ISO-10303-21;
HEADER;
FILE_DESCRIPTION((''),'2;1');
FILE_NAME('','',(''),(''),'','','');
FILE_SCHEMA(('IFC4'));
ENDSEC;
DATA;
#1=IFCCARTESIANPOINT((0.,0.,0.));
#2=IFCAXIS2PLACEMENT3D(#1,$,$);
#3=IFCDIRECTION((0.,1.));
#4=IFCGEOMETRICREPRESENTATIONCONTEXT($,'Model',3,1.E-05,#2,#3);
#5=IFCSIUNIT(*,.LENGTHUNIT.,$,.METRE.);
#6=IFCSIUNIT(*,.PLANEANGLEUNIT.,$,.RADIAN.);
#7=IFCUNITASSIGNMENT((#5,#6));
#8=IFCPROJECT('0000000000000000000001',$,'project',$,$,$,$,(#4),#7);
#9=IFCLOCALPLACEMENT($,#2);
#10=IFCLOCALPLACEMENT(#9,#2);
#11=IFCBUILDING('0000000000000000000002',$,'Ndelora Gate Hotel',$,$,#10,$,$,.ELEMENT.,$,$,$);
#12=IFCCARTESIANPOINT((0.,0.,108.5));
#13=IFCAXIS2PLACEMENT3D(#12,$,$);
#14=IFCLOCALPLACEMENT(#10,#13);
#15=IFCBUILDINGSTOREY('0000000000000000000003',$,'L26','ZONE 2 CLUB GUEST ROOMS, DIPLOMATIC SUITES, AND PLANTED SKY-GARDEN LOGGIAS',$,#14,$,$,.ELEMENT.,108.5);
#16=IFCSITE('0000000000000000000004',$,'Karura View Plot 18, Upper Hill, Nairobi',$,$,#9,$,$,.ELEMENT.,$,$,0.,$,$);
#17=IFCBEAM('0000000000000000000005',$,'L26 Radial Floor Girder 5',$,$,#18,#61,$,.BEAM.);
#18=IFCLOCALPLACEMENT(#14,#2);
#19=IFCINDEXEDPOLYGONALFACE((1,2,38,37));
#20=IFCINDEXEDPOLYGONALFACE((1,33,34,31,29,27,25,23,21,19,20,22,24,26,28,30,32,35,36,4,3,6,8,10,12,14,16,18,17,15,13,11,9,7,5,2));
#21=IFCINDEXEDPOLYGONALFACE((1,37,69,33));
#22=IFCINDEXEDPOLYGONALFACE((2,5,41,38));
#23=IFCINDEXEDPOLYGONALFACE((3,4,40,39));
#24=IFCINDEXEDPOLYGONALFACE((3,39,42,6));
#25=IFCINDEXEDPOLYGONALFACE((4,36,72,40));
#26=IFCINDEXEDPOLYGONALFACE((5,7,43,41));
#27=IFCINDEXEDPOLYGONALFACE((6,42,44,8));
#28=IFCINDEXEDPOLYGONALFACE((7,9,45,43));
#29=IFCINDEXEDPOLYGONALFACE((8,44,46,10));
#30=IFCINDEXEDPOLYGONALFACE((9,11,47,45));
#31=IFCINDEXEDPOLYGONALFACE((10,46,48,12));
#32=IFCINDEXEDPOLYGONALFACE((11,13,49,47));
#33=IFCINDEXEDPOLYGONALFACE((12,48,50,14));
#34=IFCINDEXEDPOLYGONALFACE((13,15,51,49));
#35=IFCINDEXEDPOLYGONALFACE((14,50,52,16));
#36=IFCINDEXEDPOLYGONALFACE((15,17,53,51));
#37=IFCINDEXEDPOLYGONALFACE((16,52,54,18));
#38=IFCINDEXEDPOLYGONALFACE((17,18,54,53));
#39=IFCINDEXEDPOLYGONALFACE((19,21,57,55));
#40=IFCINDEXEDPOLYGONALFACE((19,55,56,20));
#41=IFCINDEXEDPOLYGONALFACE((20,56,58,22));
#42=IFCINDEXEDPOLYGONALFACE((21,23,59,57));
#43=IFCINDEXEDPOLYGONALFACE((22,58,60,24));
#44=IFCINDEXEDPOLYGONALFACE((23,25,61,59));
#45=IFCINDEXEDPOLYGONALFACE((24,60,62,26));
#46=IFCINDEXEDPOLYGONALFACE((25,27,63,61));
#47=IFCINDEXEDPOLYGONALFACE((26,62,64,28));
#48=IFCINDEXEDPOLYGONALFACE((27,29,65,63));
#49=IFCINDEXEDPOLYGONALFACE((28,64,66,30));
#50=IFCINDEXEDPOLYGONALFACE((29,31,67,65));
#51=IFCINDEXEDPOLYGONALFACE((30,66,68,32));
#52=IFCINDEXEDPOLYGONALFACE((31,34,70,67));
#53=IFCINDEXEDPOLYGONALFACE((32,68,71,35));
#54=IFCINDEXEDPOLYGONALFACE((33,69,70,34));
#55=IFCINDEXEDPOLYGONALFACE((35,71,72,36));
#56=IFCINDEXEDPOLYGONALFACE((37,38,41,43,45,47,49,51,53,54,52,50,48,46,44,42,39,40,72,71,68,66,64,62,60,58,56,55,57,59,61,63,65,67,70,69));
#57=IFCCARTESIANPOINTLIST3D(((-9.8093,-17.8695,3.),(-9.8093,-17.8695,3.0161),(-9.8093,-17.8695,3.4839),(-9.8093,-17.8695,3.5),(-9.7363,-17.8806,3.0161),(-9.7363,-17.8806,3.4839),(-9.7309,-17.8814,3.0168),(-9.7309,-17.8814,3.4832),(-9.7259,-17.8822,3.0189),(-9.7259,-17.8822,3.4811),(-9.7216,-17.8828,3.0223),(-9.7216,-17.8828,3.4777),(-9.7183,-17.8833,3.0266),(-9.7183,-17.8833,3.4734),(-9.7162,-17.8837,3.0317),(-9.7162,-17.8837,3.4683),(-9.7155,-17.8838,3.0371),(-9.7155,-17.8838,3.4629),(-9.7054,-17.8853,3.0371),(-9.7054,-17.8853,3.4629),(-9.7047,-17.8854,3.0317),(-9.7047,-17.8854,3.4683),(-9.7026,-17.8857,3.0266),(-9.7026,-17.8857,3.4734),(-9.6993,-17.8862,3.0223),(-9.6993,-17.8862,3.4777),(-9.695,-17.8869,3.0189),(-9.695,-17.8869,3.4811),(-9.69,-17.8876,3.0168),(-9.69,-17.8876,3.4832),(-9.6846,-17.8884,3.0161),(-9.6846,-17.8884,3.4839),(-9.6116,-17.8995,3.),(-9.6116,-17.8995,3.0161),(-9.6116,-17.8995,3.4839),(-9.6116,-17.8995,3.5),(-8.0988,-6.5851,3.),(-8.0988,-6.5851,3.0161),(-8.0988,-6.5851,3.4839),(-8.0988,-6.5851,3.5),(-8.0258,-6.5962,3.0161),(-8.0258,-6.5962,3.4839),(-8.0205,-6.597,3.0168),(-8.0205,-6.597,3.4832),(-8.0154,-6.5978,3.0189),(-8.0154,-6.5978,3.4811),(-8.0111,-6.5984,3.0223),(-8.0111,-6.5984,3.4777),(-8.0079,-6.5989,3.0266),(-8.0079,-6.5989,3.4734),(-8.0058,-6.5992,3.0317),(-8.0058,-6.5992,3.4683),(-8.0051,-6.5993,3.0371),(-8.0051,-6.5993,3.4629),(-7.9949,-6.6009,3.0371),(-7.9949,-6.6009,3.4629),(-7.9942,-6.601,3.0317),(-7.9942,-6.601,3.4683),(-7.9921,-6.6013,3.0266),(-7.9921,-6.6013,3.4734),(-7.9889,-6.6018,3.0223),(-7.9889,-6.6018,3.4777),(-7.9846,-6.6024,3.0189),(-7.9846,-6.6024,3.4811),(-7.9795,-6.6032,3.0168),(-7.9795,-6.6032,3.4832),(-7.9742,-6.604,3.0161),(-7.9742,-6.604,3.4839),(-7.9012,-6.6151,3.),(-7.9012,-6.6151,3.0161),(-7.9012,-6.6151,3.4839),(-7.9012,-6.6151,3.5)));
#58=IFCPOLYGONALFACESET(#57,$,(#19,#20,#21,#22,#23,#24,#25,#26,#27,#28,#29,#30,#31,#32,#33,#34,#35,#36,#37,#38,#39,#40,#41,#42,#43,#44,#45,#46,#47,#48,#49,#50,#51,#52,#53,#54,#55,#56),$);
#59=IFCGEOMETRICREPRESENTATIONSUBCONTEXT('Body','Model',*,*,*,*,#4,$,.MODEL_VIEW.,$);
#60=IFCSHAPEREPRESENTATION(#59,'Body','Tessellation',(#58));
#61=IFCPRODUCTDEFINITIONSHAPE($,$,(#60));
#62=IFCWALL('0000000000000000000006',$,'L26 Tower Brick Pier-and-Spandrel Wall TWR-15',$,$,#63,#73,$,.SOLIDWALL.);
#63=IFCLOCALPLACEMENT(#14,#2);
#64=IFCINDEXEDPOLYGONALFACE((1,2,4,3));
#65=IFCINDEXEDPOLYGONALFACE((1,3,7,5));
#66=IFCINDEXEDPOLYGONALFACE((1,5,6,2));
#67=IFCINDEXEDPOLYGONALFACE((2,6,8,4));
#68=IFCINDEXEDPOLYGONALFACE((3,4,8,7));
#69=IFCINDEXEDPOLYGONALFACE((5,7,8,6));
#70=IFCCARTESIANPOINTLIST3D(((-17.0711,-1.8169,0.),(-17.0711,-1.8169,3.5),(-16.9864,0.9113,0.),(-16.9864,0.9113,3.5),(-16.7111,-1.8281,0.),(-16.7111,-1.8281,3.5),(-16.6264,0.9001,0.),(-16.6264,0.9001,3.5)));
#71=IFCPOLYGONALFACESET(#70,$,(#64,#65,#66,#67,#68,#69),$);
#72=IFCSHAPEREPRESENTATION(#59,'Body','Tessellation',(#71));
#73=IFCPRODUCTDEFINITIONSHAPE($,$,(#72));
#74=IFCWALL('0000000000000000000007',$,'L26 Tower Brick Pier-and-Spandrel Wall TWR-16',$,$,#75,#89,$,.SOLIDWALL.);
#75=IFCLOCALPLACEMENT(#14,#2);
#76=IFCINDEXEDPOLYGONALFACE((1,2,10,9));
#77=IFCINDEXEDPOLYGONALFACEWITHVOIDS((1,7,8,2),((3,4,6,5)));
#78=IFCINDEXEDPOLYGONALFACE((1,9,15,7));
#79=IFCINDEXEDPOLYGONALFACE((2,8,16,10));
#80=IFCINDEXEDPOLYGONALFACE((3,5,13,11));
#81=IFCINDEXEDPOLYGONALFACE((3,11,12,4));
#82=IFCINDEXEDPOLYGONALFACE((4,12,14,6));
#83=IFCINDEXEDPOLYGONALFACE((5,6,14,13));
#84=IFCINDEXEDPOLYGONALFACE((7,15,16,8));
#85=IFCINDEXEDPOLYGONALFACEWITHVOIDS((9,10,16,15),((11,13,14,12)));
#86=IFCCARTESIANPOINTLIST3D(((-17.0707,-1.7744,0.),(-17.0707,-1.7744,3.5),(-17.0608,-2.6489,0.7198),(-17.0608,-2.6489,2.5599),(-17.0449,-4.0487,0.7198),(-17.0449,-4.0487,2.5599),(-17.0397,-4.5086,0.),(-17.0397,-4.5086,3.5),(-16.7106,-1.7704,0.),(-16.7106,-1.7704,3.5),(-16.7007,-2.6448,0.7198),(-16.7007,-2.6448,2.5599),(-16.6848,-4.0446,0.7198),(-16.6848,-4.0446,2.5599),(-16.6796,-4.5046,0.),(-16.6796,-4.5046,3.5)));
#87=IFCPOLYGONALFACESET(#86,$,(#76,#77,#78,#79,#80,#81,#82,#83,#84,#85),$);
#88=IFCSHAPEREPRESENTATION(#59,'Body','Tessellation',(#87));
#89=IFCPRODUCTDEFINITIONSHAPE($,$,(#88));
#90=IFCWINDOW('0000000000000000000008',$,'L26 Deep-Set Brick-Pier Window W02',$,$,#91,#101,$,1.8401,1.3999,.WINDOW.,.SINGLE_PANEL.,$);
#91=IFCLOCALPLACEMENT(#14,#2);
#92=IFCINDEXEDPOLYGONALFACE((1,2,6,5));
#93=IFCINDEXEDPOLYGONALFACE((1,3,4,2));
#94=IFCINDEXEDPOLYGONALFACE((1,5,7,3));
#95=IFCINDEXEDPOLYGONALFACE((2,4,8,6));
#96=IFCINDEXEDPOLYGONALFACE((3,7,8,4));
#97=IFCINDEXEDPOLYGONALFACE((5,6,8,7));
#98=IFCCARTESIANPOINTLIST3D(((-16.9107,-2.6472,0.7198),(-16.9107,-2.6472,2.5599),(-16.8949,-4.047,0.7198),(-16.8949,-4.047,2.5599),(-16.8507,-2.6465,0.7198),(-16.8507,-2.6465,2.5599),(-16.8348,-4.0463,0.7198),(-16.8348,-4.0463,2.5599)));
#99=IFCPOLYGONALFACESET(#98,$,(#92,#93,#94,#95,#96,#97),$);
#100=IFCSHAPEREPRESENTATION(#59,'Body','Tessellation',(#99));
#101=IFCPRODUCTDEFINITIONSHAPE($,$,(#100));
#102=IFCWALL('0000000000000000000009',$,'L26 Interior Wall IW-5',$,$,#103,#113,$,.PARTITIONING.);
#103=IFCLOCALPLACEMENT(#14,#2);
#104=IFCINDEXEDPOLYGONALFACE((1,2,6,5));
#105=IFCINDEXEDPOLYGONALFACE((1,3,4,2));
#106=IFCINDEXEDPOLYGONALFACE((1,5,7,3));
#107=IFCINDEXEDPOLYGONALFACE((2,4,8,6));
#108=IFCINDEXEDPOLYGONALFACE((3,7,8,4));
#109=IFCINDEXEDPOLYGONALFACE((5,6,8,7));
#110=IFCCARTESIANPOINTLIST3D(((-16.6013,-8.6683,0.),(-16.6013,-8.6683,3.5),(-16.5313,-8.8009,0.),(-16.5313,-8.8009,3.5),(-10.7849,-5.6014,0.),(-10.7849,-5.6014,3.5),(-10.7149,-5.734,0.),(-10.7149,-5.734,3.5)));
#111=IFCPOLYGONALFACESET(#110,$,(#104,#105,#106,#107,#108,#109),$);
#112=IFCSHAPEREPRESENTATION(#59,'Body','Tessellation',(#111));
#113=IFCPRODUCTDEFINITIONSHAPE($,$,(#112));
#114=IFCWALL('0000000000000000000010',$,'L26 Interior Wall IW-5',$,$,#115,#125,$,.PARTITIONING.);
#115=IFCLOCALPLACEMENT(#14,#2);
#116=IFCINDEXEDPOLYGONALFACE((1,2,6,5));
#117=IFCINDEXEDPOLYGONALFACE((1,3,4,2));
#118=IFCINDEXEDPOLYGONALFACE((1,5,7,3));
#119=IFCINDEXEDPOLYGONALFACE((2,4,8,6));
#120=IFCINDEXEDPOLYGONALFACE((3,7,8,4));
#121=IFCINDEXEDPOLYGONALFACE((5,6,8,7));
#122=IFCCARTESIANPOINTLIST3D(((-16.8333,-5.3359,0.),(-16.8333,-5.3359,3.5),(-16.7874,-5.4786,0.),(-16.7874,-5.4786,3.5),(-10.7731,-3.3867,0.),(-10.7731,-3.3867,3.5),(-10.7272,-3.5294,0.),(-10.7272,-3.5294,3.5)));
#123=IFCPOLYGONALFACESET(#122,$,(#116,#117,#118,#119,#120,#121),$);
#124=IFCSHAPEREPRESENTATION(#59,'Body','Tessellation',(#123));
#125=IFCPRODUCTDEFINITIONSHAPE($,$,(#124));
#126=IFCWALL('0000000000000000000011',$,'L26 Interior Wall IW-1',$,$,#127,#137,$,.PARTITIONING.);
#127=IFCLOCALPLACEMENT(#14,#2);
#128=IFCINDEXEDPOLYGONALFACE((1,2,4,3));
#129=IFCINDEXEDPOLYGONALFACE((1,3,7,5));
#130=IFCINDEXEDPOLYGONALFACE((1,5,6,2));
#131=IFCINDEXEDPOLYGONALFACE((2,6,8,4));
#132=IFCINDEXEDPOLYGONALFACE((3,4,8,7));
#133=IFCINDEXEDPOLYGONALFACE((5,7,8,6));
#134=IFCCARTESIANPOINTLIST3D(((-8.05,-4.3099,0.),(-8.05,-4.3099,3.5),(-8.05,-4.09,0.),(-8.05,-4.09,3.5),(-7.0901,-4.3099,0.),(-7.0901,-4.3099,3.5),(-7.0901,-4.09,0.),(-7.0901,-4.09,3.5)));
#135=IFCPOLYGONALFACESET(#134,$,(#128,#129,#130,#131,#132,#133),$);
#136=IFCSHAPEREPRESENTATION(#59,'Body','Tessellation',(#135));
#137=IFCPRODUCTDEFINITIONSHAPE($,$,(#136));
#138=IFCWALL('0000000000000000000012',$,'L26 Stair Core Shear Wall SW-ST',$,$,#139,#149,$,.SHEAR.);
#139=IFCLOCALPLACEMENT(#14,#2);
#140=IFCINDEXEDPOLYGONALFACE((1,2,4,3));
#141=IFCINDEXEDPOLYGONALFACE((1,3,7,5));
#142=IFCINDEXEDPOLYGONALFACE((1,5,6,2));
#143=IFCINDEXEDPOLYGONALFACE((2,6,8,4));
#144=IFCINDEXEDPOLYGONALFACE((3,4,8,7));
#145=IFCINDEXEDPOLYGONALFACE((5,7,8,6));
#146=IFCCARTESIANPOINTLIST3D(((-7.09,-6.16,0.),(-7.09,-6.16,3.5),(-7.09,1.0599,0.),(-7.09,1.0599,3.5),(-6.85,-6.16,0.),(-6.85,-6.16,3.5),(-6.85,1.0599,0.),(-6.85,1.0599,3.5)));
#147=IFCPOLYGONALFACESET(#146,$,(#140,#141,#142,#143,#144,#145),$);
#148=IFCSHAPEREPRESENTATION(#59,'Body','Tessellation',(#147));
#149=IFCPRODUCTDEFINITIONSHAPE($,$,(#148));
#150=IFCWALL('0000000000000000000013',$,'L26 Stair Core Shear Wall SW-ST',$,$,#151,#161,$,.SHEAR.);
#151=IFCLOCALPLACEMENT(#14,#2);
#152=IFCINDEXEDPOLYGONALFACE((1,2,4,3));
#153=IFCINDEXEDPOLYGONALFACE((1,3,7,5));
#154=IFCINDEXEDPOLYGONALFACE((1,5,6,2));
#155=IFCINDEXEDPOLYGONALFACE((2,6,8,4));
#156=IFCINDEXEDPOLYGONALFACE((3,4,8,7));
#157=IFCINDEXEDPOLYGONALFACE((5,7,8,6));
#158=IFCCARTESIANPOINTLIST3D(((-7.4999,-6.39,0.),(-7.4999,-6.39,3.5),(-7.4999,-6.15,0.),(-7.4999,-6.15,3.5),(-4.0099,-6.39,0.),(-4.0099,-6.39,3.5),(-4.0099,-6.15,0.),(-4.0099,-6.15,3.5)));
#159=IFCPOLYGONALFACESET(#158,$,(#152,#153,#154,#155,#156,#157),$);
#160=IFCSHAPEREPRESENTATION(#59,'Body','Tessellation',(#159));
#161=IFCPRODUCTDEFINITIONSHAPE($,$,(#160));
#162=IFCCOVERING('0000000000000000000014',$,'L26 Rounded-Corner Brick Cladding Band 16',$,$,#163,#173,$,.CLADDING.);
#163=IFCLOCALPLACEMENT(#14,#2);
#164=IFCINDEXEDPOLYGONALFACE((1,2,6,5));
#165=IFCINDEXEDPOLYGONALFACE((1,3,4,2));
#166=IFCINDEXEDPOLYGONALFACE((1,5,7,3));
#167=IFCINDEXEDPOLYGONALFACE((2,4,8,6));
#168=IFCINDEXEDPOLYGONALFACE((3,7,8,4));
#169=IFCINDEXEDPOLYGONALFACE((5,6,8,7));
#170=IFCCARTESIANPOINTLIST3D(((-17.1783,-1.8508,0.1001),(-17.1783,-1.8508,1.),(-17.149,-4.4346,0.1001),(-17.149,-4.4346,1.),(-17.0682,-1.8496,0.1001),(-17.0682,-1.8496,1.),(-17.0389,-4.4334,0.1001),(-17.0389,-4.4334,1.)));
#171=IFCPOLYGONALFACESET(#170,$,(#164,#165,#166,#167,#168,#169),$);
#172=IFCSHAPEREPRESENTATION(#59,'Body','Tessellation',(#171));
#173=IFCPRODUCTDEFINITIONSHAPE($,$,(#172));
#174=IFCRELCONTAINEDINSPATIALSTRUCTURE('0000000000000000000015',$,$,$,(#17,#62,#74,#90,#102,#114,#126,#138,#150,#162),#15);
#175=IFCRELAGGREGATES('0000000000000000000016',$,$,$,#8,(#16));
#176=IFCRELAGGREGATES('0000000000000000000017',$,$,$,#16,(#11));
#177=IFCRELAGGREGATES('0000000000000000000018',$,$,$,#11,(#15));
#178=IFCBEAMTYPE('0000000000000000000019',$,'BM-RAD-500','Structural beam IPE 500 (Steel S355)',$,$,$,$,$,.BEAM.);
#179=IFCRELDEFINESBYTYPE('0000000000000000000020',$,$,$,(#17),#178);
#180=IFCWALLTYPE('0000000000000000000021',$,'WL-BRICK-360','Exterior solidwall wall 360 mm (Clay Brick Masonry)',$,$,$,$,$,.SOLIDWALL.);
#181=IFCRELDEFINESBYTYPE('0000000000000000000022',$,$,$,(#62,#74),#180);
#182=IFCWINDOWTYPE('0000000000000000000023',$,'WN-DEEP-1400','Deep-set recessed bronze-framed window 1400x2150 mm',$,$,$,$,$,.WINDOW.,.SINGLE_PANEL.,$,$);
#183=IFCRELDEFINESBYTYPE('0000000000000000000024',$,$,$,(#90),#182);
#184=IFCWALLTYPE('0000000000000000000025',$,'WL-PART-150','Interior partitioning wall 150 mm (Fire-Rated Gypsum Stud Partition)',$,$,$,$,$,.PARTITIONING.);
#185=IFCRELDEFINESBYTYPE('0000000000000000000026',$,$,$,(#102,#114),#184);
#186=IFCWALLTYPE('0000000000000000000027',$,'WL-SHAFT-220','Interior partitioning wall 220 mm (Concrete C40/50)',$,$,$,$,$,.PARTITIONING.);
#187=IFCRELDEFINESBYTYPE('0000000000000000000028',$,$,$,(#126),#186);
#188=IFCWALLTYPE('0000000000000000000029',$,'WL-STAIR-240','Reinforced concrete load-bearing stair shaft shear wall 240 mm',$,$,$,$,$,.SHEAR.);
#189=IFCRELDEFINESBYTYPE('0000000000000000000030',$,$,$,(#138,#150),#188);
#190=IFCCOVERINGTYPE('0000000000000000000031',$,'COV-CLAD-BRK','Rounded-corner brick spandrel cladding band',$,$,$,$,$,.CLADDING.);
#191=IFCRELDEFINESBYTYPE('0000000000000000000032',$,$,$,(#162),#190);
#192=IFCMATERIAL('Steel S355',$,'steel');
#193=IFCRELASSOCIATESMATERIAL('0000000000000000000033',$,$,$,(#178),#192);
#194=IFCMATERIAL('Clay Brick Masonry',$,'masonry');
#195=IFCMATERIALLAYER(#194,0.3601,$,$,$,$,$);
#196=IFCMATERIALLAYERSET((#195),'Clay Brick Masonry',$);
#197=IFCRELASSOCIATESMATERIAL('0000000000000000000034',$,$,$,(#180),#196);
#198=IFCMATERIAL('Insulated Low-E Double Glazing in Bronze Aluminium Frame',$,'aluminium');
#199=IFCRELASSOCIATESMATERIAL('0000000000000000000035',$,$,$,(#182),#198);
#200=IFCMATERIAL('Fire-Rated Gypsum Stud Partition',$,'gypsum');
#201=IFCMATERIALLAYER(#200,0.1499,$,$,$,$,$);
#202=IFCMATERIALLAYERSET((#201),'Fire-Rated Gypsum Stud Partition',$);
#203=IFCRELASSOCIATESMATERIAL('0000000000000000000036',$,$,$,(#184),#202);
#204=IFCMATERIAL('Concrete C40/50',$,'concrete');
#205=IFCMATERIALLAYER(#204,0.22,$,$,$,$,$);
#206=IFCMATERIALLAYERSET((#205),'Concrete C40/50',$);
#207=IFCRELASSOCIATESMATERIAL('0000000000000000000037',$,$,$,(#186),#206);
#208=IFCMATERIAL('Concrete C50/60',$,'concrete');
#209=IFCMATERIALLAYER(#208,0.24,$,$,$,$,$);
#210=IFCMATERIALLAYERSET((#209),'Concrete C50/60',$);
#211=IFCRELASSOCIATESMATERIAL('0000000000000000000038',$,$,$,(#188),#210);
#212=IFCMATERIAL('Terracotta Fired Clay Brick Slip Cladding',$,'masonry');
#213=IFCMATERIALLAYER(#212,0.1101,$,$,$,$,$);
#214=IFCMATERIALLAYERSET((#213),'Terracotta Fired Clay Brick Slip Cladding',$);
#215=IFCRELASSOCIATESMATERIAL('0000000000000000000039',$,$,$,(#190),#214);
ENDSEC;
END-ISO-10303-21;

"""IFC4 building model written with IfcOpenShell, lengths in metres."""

from ifc_helpers import new_model, si_unit, direction, frame, frame_2d, origin, origin_2d, place, context, subcontext, project, spatial, rectangle, i_section, extrude, material, layer, layer_set, material_profile, profile_set, type_object, element, fill, save


model = new_model("IFC4")

# Units and contexts
model_context = context("Model", 3, precision=1e-05, world=origin(), true_north=direction((0.0, 1.0)))
body_context = subcontext(model_context, "Body", "Model", "MODEL_VIEW")
ifc_project = project(units=[si_unit("LENGTHUNIT", "METRE"), si_unit("PLANEANGLEUNIT", "RADIAN")], contexts=[model_context])

# Site, building, storey
site_placement = place(None, origin())
site = spatial("IfcSite", under=ifc_project, at=site_placement, Name="Karura View Plot 18, Upper Hill, Nairobi", CompositionType="ELEMENT", RefElevation=0.0)
building_placement = place(site_placement, origin())
building = spatial("IfcBuilding", under=site, at=building_placement, Name="Ndelora Gate Hotel", CompositionType="ELEMENT")
storey_placement = place(building_placement, frame((0.0, 0.0, 108.5)))
storey = spatial("IfcBuildingStorey", under=building, at=storey_placement, Name="L26", Description="ZONE 2 CLUB GUEST ROOMS, DIPLOMATIC SUITES, AND PLANTED SKY-GARDEN LOGGIAS", CompositionType="ELEMENT", Elevation=108.5)

# Beam
ifc_material_1 = material(Name="Steel S355", Category="steel")
ifc_material_profile_1 = material_profile(ifc_material_1, i_section(OverallWidth=0.2, OverallDepth=0.5, WebThickness=0.0103, FlangeThickness=0.0161, FilletRadius=0.021, at=origin_2d()), Name="IPE 500")
ifc_profile_set_1 = profile_set([ifc_material_profile_1], Name="Steel S355")
beam_type_1 = type_object("IfcBeamType", Name="BM-RAD-500", Description="Structural beam IPE 500 (Steel S355)", PredefinedType="BEAM", material=ifc_profile_set_1)
beam_1_placement = place(storey_placement, frame((-8.0, -6.6001, 3.25), z_axis=(-0.149864, -0.988707, 0.0), x_axis=(0.988707, -0.149864, 0.0)))
element("IfcBeam", 1, at=beam_1_placement, inside=storey, type_object=beam_type_1, Name="L26 Radial Floor Girder 5", PredefinedType="BEAM", context=body_context, shape_type="SweptSolid", body=[
    extrude(i_section(OverallWidth=0.2, OverallDepth=0.5, WebThickness=0.0103, FlangeThickness=0.0161, FilletRadius=0.021, at=origin_2d()), origin(), (0.0, 0.0, 1.0), 11.4133),
])

# Wall
ifc_material_2 = material(Name="Clay Brick Masonry", Category="masonry")
ifc_layer_1 = layer(ifc_material_2, 0.3601)
ifc_layer_set_1 = layer_set([ifc_layer_1], Name="Clay Brick Masonry")
wall_type_1 = type_object("IfcWallType", Name="WL-BRICK-360", Description="Exterior solidwall wall 360 mm (Clay Brick Masonry)", PredefinedType="SOLIDWALL", material=ifc_layer_set_1)
wall_1_placement = place(storey_placement, frame((-16.8911, -1.8225, 0.0), z_axis=(0.0, 0.0, 1.0), x_axis=(0.031036, 0.999518, 0.0)))
element("IfcWall", 2, at=wall_1_placement, inside=storey, type_object=wall_type_1, Name="L26 Tower Brick Pier-and-Spandrel Wall TWR-15", PredefinedType="SOLIDWALL", context=body_context, shape_type="SweptSolid", body=[
    extrude(rectangle(XDim=2.7295, YDim=0.3601, at=frame_2d((1.3647, 0.0))), origin(), (0.0, 0.0, 1.0), 3.5),
])

# Wall, opening, window
wall_2_placement = place(storey_placement, frame((-16.8596, -4.5066, 0.0), z_axis=(0.0, 0.0, 1.0), x_axis=(-0.01134, 0.999936, 0.0)))
wall_2 = element("IfcWall", 3, at=wall_2_placement, inside=storey, type_object=wall_type_1, Name="L26 Tower Brick Pier-and-Spandrel Wall TWR-16", PredefinedType="SOLIDWALL", context=body_context, shape_type="SweptSolid", body=[
    extrude(rectangle(XDim=2.7344, YDim=0.3601, at=frame_2d((1.3672, 0.0))), origin(), (0.0, 0.0, 1.0), 3.5),
])
opening_1_placement = place(wall_2_placement, frame((0.46, 0.0, 0.72)))
opening_1 = element("IfcOpeningElement", 4, at=opening_1_placement, cuts=wall_2, PredefinedType="OPENING", context=body_context, shape_type="SweptSolid", body=[
    extrude(rectangle(XDim=1.3999, YDim=1.8401, at=frame_2d((0.7, 0.9199))), frame((0.0, 0.1899, 0.0), z_axis=(0.0, -1.0, 0.0), x_axis=(1.0, 0.0, 0.0)), (0.0, 0.0, 1.0), 0.3801),
])
ifc_material_3 = material(Name="Insulated Low-E Double Glazing in Bronze Aluminium Frame", Category="aluminium")
window_type = type_object("IfcWindowType", Name="WN-DEEP-1400", Description="Deep-set recessed bronze-framed window 1400x2150 mm", PartitioningType="SINGLE_PANEL", PredefinedType="WINDOW", material=ifc_material_3)
window_placement = place(opening_1_placement, origin())
window = element("IfcWindow", 5, at=window_placement, inside=storey, type_object=window_type, Name="L26 Deep-Set Brick-Pier Window W02", OverallHeight=1.8401, OverallWidth=1.3999, PartitioningType="SINGLE_PANEL", PredefinedType="WINDOW", context=body_context, shape_type="SweptSolid", body=[
    extrude(rectangle(XDim=1.3999, YDim=1.8401, at=frame_2d((0.7, 0.9199))), frame((0.0, 0.03, 0.0), z_axis=(0.0, -1.0, 0.0), x_axis=(1.0, 0.0, 0.0)), (0.0, 0.0, 1.0), 0.0601),
])
fill(opening_1, window)

# Shared definitions
ifc_material_4 = material(Name="Fire-Rated Gypsum Stud Partition", Category="gypsum")
ifc_layer_2 = layer(ifc_material_4, 0.1499)
ifc_layer_set_2 = layer_set([ifc_layer_2], Name="Fire-Rated Gypsum Stud Partition")
wall_type_2 = type_object("IfcWallType", Name="WL-PART-150", Description="Interior partitioning wall 150 mm (Fire-Rated Gypsum Stud Partition)", PredefinedType="PARTITIONING", material=ifc_layer_set_2)

# Walls
wall_3_placement = place(storey_placement, frame((-10.75, -5.6677, 0.0), z_axis=(0.0, 0.0, 1.0), x_axis=(-0.884565, -0.466417, 0.0)))
element("IfcWall", 6, at=wall_3_placement, inside=storey, type_object=wall_type_2, Name="L26 Interior Wall IW-5", PredefinedType="PARTITIONING", context=body_context, shape_type="SweptSolid", body=[
    extrude(rectangle(XDim=6.5754, YDim=0.1499, at=frame_2d((3.2876, 0.0))), origin(), (0.0, 0.0, 1.0), 3.5),
])
wall_4_placement = place(storey_placement, frame((-10.75, -3.458, 0.0), z_axis=(0.0, 0.0, 1.0), x_axis=(-0.951971, -0.306189, 0.0)))
element("IfcWall", 7, at=wall_4_placement, inside=storey, type_object=wall_type_2, Name="L26 Interior Wall IW-5", PredefinedType="PARTITIONING", context=body_context, shape_type="SweptSolid", body=[
    extrude(rectangle(XDim=6.366, YDim=0.1499, at=frame_2d((3.1831, 0.0))), origin(), (0.0, 0.0, 1.0), 3.5),
])
ifc_material_5 = material(Name="Concrete C40/50", Category="concrete")
ifc_layer_3 = layer(ifc_material_5, 0.22)
ifc_layer_set_3 = layer_set([ifc_layer_3], Name="Concrete C40/50")
wall_type_3 = type_object("IfcWallType", Name="WL-SHAFT-220", Description="Interior partitioning wall 220 mm (Concrete C40/50)", PredefinedType="PARTITIONING", material=ifc_layer_set_3)
wall_5_placement = place(storey_placement, frame((-8.05, -4.2, 0.0), z_axis=(0.0, 0.0, 1.0), x_axis=(1.0, 0.0, 0.0)))
element("IfcWall", 8, at=wall_5_placement, inside=storey, type_object=wall_type_3, Name="L26 Interior Wall IW-1", PredefinedType="PARTITIONING", context=body_context, shape_type="SweptSolid", body=[
    extrude(rectangle(XDim=0.96, YDim=0.22, at=frame_2d((0.48, 0.0))), origin(), (0.0, 0.0, 1.0), 3.5),
])
ifc_material_6 = material(Name="Concrete C50/60", Category="concrete")
ifc_layer_4 = layer(ifc_material_6, 0.24)
ifc_layer_set_4 = layer_set([ifc_layer_4], Name="Concrete C50/60")
wall_type_4 = type_object("IfcWallType", Name="WL-STAIR-240", Description="Reinforced concrete load-bearing stair shaft shear wall 240 mm", PredefinedType="SHEAR", material=ifc_layer_set_4)
wall_6_placement = place(storey_placement, frame((-6.97, -6.1599, 0.0), z_axis=(0.0, 0.0, 1.0), x_axis=(0.0, 1.0, 0.0)))
element("IfcWall", 9, at=wall_6_placement, inside=storey, type_object=wall_type_4, Name="L26 Stair Core Shear Wall SW-ST", PredefinedType="SHEAR", context=body_context, shape_type="SweptSolid", body=[
    extrude(rectangle(XDim=7.22, YDim=0.24, at=frame_2d((3.6099, 0.0))), origin(), (0.0, 0.0, 1.0), 3.5),
])
wall_7_placement = place(storey_placement, frame((-7.5, -6.27, 0.0), z_axis=(0.0, 0.0, 1.0), x_axis=(1.0, 0.0, 0.0)))
element("IfcWall", 10, at=wall_7_placement, inside=storey, type_object=wall_type_4, Name="L26 Stair Core Shear Wall SW-ST", PredefinedType="SHEAR", context=body_context, shape_type="SweptSolid", body=[
    extrude(rectangle(XDim=3.49, YDim=0.24, at=frame_2d((1.7451, 0.0))), origin(), (0.0, 0.0, 1.0), 3.5),
])

# Covering
ifc_material_7 = material(Name="Terracotta Fired Clay Brick Slip Cladding", Category="masonry")
ifc_layer_5 = layer(ifc_material_7, 0.1101)
ifc_layer_set_5 = layer_set([ifc_layer_5], Name="Terracotta Fired Clay Brick Slip Cladding")
covering_type_1 = type_object("IfcCoveringType", Name="COV-CLAD-BRK", Description="Rounded-corner brick spandrel cladding band", PredefinedType="CLADDING", material=ifc_layer_set_5)
covering_placement = place(storey_placement, frame((-17.1086, -3.1421, 0.1001), z_axis=(0.0, 0.0, 1.0), x_axis=(-0.011344, 0.999936, 0.0)))
element("IfcCovering", 11, at=covering_placement, inside=storey, type_object=covering_type_1, Name="L26 Rounded-Corner Brick Cladding Band 16", PredefinedType="CLADDING", context=body_context, shape_type="SweptSolid", body=[
    extrude(rectangle(XDim=2.584, YDim=0.1101, at=origin_2d()), origin(), (0.0, 0.0, 1.0), 0.8999),
])

save(model, "model.ifc")
